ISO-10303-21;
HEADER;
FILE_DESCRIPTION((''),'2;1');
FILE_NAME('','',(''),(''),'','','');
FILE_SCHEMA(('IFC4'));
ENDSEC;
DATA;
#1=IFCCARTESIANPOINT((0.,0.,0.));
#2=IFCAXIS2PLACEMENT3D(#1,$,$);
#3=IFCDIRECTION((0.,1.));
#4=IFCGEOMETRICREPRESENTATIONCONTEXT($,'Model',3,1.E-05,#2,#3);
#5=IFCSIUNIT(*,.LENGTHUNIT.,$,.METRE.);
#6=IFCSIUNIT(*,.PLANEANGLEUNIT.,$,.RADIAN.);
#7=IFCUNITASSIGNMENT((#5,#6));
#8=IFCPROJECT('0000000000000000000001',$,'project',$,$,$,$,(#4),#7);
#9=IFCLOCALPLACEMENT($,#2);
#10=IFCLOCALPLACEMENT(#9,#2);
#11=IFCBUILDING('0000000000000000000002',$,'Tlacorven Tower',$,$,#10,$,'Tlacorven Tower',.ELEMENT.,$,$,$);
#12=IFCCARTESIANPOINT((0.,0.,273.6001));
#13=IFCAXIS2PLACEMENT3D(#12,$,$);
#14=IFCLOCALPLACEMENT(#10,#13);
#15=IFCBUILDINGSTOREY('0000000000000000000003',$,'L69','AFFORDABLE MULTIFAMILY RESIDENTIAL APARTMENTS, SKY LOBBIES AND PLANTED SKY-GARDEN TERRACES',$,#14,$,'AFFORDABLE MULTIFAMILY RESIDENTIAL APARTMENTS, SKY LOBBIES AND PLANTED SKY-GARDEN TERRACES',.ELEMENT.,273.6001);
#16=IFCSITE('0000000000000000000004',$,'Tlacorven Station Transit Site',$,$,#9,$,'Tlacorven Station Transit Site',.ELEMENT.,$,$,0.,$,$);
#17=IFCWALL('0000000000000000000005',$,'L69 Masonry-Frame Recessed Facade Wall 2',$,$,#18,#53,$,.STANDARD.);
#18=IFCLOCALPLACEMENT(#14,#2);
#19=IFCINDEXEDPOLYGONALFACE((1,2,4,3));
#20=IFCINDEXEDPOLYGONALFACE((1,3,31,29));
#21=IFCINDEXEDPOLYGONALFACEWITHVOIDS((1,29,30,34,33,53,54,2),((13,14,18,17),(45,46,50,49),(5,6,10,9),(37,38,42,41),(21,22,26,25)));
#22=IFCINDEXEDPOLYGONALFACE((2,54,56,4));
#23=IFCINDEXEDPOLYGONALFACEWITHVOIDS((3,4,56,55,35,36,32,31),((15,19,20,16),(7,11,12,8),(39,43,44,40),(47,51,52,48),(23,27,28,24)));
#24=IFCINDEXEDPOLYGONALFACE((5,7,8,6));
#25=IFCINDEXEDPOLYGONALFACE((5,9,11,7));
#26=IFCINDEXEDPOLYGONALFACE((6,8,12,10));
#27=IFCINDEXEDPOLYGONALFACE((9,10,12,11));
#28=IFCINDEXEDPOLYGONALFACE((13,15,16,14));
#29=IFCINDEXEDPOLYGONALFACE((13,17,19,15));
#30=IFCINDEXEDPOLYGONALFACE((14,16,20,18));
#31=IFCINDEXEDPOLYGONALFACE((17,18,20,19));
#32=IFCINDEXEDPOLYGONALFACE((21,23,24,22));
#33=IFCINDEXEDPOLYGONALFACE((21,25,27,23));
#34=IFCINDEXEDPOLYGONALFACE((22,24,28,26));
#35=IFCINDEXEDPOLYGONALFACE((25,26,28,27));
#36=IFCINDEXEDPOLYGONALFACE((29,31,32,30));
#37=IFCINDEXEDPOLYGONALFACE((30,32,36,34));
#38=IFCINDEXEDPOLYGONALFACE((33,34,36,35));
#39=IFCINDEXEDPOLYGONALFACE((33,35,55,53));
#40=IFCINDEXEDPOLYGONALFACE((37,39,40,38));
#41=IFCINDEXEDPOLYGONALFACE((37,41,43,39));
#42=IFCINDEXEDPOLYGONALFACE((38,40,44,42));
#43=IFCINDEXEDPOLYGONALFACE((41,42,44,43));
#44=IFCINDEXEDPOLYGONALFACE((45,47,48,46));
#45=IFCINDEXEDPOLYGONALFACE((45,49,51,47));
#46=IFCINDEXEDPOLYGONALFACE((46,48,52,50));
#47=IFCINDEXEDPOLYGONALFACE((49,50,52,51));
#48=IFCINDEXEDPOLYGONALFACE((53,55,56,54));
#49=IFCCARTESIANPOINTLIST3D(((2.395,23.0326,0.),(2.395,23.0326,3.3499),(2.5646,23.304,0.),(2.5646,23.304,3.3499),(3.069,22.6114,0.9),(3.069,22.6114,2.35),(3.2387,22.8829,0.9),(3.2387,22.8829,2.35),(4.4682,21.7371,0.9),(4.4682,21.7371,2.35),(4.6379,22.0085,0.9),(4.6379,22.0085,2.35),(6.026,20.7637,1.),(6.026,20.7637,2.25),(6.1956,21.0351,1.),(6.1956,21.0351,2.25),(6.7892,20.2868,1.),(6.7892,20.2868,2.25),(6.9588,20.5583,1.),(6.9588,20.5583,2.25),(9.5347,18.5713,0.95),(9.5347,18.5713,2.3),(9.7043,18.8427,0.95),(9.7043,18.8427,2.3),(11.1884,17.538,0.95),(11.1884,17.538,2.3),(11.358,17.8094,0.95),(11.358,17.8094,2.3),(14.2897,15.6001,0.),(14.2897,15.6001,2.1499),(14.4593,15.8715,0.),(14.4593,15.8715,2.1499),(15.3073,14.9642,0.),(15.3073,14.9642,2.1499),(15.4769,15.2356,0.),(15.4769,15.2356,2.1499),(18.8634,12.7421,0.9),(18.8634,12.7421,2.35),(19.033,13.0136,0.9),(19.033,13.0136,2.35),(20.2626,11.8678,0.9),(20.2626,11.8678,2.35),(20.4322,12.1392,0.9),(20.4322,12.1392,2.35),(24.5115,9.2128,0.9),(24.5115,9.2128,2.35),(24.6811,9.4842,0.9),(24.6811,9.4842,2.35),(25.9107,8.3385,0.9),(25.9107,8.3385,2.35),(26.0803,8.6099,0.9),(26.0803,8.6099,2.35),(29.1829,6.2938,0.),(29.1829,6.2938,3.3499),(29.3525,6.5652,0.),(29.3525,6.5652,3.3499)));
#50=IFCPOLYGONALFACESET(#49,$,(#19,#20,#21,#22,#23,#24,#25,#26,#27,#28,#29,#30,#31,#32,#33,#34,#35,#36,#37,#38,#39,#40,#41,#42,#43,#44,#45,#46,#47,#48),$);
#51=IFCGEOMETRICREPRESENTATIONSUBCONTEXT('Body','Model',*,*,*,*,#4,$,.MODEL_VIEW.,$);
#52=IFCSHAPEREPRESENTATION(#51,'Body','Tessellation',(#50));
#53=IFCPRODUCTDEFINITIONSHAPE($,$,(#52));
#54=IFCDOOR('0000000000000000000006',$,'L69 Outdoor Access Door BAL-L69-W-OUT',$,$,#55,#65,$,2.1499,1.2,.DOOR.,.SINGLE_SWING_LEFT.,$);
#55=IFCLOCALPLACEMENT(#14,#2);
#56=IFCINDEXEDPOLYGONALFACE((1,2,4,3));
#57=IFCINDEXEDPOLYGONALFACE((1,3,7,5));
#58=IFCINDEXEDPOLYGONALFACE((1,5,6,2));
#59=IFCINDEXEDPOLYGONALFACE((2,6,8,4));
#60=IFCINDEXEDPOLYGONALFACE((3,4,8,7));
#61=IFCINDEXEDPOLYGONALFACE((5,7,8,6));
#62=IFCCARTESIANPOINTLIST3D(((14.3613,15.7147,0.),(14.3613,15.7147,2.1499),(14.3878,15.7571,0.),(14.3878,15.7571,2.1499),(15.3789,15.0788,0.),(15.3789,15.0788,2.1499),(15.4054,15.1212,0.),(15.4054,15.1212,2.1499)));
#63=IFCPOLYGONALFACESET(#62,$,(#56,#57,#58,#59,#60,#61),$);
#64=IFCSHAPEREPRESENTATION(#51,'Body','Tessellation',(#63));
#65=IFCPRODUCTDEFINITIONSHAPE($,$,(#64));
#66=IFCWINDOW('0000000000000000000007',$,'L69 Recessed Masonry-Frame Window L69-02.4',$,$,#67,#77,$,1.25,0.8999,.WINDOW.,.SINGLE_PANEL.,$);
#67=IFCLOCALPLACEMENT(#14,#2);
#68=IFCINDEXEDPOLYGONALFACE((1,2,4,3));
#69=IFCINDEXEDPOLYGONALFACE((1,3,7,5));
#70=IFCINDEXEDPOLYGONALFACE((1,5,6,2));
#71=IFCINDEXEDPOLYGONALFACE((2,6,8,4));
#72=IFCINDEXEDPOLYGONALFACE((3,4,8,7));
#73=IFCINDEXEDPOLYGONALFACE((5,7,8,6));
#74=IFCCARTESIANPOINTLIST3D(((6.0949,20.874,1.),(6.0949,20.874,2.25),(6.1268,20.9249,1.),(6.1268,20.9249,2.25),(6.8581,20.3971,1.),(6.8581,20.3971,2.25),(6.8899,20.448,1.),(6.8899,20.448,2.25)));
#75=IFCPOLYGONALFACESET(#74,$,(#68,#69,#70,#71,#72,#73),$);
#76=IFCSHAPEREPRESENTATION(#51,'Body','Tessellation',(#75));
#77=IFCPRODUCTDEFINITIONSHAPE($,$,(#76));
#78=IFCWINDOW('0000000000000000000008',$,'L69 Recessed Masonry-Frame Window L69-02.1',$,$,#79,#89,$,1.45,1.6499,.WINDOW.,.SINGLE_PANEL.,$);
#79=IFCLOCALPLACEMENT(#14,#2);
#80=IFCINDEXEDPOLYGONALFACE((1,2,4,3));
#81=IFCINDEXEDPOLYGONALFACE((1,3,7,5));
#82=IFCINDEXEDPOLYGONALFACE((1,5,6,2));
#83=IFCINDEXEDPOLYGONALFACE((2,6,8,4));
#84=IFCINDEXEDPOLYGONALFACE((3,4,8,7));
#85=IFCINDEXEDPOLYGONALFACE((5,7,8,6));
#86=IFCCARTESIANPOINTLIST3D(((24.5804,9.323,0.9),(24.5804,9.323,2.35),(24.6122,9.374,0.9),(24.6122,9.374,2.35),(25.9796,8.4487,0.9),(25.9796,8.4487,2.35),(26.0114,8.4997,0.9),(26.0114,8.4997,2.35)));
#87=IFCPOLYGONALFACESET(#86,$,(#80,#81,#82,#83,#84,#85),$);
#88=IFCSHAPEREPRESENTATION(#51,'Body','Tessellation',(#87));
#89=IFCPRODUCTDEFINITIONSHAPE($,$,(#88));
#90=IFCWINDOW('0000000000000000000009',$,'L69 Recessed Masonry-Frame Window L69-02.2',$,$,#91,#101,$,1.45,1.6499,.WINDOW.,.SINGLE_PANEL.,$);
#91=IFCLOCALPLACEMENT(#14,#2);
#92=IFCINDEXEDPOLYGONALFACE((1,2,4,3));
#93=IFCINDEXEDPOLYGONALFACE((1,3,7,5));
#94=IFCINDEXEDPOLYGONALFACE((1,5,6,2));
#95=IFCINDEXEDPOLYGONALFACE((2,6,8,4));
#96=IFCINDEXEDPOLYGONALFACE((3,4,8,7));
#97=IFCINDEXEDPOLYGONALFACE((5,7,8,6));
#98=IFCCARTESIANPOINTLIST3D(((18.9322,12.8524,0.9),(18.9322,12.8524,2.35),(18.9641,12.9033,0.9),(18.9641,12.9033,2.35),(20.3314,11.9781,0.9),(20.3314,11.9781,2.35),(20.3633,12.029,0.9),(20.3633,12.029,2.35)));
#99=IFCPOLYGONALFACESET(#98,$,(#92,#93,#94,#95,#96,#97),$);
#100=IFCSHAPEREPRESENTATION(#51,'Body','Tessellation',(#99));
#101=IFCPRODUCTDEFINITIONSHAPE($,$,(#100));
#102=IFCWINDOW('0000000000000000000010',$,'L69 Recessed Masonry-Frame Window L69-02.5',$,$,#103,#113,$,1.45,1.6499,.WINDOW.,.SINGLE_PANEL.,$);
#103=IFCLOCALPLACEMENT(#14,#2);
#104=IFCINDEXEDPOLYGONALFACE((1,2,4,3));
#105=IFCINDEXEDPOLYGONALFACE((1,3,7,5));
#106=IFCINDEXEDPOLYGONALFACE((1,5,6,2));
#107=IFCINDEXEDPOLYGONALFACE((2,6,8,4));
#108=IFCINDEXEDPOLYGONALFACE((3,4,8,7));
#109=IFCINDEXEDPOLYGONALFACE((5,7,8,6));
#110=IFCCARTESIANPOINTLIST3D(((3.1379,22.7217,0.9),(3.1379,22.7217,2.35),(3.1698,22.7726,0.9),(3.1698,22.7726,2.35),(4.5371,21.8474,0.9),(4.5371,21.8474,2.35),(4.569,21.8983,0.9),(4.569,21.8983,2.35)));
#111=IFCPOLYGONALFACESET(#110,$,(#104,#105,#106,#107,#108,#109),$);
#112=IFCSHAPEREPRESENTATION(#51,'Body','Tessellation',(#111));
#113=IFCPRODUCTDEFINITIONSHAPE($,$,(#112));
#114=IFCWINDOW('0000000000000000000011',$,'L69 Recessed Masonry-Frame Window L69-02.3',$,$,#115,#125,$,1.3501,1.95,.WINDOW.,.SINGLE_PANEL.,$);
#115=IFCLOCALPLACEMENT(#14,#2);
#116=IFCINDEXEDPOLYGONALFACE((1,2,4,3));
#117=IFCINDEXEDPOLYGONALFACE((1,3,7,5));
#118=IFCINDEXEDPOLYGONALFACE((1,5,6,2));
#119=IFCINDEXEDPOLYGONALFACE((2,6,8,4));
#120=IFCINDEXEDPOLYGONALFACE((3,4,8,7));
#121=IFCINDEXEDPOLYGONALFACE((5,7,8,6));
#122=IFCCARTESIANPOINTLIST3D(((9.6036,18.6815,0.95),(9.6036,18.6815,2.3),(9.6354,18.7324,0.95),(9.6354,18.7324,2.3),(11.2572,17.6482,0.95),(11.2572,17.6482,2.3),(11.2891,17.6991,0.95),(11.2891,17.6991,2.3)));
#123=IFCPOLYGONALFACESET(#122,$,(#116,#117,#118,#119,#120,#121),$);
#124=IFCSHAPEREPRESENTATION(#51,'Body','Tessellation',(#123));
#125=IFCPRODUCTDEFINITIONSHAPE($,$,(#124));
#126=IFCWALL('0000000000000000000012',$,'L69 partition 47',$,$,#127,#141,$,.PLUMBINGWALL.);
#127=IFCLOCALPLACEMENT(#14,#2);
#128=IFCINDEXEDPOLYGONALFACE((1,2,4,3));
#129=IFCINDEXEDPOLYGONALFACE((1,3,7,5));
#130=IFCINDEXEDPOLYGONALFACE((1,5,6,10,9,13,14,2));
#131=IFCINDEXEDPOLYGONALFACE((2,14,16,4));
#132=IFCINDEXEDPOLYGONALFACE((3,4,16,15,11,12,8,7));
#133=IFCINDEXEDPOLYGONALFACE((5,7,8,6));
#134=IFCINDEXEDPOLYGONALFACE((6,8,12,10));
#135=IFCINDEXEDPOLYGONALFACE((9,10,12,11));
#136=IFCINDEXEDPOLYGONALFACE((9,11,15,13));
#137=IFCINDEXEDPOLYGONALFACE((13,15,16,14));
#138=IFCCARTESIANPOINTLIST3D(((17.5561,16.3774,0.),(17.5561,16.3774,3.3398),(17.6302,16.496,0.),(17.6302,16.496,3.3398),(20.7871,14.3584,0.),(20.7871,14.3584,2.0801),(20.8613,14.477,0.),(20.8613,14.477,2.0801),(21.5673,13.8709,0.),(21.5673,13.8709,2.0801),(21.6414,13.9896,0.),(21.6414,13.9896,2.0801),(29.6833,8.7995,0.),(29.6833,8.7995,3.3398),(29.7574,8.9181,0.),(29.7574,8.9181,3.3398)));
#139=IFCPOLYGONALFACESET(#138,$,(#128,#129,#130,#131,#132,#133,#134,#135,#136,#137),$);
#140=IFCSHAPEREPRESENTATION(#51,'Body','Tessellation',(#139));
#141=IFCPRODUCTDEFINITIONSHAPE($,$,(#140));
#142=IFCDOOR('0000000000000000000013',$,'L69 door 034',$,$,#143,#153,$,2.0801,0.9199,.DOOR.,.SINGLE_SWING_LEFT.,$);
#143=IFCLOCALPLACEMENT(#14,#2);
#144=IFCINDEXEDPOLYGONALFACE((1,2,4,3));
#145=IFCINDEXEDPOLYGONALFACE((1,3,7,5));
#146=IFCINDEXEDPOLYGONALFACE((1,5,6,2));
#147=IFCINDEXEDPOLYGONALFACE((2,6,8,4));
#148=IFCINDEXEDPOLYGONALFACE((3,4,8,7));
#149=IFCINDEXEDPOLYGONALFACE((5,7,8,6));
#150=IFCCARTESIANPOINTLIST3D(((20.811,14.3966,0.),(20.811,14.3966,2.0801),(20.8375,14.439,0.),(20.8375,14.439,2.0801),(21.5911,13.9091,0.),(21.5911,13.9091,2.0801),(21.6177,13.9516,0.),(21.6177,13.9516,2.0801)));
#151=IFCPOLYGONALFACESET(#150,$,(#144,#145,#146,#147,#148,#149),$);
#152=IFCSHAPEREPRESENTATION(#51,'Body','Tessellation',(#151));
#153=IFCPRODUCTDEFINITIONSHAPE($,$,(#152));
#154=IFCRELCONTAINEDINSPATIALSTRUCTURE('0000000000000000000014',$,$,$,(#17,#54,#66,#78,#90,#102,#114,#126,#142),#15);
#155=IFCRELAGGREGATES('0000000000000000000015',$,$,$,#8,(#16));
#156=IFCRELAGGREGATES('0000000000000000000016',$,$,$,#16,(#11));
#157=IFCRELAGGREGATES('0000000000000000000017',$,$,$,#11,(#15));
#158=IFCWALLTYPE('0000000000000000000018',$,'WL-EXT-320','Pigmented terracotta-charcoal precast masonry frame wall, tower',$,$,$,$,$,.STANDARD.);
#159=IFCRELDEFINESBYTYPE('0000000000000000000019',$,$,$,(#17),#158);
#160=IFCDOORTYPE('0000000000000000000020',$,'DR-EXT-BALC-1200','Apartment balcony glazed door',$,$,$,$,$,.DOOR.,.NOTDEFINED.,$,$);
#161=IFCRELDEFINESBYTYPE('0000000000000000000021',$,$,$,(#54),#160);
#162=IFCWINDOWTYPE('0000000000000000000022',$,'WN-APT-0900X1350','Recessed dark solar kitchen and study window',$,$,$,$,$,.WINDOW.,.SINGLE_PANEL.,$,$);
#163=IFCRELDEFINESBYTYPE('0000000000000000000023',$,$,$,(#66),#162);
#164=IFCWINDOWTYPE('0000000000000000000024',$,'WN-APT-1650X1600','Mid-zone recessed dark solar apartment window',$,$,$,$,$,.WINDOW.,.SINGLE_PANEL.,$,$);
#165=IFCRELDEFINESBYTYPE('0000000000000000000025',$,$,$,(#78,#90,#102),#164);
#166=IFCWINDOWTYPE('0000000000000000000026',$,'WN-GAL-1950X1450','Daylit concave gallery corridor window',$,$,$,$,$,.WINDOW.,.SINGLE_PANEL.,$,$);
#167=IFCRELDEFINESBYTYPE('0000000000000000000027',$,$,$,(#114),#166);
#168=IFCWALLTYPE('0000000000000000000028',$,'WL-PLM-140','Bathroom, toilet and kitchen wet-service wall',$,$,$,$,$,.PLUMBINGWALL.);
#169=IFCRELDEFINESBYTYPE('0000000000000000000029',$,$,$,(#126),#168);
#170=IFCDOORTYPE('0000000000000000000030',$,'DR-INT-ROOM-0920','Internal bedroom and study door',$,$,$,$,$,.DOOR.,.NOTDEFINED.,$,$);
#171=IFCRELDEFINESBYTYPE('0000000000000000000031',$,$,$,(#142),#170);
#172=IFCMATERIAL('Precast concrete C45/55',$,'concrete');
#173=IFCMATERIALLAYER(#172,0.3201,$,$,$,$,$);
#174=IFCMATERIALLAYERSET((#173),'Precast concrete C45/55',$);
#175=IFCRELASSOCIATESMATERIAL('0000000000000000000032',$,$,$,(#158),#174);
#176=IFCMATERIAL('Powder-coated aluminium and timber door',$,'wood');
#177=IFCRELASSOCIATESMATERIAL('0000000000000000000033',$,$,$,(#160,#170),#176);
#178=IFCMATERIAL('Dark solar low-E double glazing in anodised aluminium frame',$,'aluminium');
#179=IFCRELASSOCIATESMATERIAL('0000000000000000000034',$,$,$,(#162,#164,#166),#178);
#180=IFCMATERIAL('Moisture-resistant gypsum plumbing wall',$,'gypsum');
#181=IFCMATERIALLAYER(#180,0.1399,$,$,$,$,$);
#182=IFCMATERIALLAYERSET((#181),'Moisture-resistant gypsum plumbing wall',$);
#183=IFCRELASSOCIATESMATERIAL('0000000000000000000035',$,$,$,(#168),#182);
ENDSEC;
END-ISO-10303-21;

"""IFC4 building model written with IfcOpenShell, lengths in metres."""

from ifc_helpers import new_model, si_unit, direction, frame, frame_2d, origin, place, context, subcontext, project, spatial, rectangle, extrude, source, transform, mapped, material, layer, layer_set, type_object, element, fill, save


model = new_model("IFC4")

# Units and contexts
model_context = context("Model", 3, precision=1e-05, world=origin(), true_north=direction((0.0, 1.0)))
body_context = subcontext(model_context, "Body", "Model", "MODEL_VIEW")
ifc_project = project(units=[si_unit("LENGTHUNIT", "METRE"), si_unit("PLANEANGLEUNIT", "RADIAN")], contexts=[model_context])

# Site, building, storey
site_placement = place(None, origin())
site = spatial("IfcSite", under=ifc_project, at=site_placement, Name="Tlacorven Station Transit Site", LongName="Tlacorven Station Transit Site", CompositionType="ELEMENT", RefElevation=0.0)
building_placement = place(site_placement, origin())
building = spatial("IfcBuilding", under=site, at=building_placement, Name="Tlacorven Tower", LongName="Tlacorven Tower", CompositionType="ELEMENT")
storey_placement = place(building_placement, frame((0.0, 0.0, 273.6001)))
storey = spatial("IfcBuildingStorey", under=building, at=storey_placement, Name="L69", Description="AFFORDABLE MULTIFAMILY RESIDENTIAL APARTMENTS, SKY LOBBIES AND PLANTED SKY-GARDEN TERRACES", LongName="AFFORDABLE MULTIFAMILY RESIDENTIAL APARTMENTS, SKY LOBBIES AND PLANTED SKY-GARDEN TERRACES", CompositionType="ELEMENT", Elevation=273.6001)

# Wall, openings, door, windows
ifc_material_1 = material(Name="Precast concrete C45/55", Category="concrete")
ifc_layer_1 = layer(ifc_material_1, 0.3201)
ifc_layer_set_1 = layer_set([ifc_layer_1], Name="Precast concrete C45/55")
wall_type_1 = type_object("IfcWallType", Name="WL-EXT-320", Description="Pigmented terracotta-charcoal precast masonry frame wall, tower", PredefinedType="STANDARD", material=ifc_layer_set_1)
wall_1_placement = place(storey_placement, frame((29.2678, 6.4294, 0.0), z_axis=(0.0, 0.0, 1.0), x_axis=(-0.84805, 0.529916, 0.0)))
wall_1 = element("IfcWall", 1, at=wall_1_placement, inside=storey, type_object=wall_type_1, Name="L69 Masonry-Frame Recessed Facade Wall 2", PredefinedType="STANDARD", context=body_context, shape_type="SweptSolid", body=[
    extrude(rectangle(XDim=31.5876, YDim=0.3201, at=frame_2d((15.7939, 0.0))), origin(), (0.0, 0.0, 1.0), 3.3499),
])
opening_1_placement = place(wall_1_placement, frame((16.3618, 0.0, 0.0)))
opening_1 = element("IfcOpeningElement", 2, at=opening_1_placement, cuts=wall_1, PredefinedType="OPENING", context=body_context, shape_type="SweptSolid", body=[
    extrude(rectangle(XDim=1.2, YDim=2.1499, at=frame_2d((0.6001, 1.075))), frame((0.0, 0.1699, 0.0), z_axis=(0.0, -1.0, 0.0), x_axis=(1.0, 0.0, 0.0)), (0.0, 0.0, 1.0), 0.3401),
])
opening_2_placement = place(wall_1_placement, frame((3.8586, 0.0, 0.8999)))
opening_2 = element("IfcOpeningElement", 3, at=opening_2_placement, cuts=wall_1, PredefinedType="OPENING", context=body_context, shape_type="SweptSolid", body=[
    extrude(rectangle(XDim=1.6499, YDim=1.45, at=frame_2d((0.825, 0.7251))), frame((0.0, 0.1699, 0.0), z_axis=(0.0, -1.0, 0.0), x_axis=(1.0, 0.0, 0.0)), (0.0, 0.0, 1.0), 0.3401),
])
opening_3_placement = place(wall_1_placement, frame((10.5188, 0.0, 0.8999)))
opening_3 = element("IfcOpeningElement", 4, at=opening_3_placement, cuts=wall_1, PredefinedType="OPENING", context=body_context, shape_type="SweptSolid", body=[
    extrude(rectangle(XDim=1.6499, YDim=1.45, at=frame_2d((0.825, 0.7251))), frame((0.0, 0.1699, 0.0), z_axis=(0.0, -1.0, 0.0), x_axis=(1.0, 0.0, 0.0)), (0.0, 0.0, 1.0), 0.3401),
])
opening_4_placement = place(wall_1_placement, frame((21.2188, 0.0, 0.95)))
opening_4 = element("IfcOpeningElement", 5, at=opening_4_placement, cuts=wall_1, PredefinedType="OPENING", context=body_context, shape_type="SweptSolid", body=[
    extrude(rectangle(XDim=1.95, YDim=1.3501, at=frame_2d((0.9751, 0.675))), frame((0.0, 0.1699, 0.0), z_axis=(0.0, -1.0, 0.0), x_axis=(1.0, 0.0, 0.0)), (0.0, 0.0, 1.0), 0.3401),
])
opening_5_placement = place(wall_1_placement, frame((26.4062, 0.0, 1.0)))
opening_5 = element("IfcOpeningElement", 6, at=opening_5_placement, cuts=wall_1, PredefinedType="OPENING", context=body_context, shape_type="SweptSolid", body=[
    extrude(rectangle(XDim=0.8999, YDim=1.25, at=frame_2d((0.45, 0.625))), frame((0.0, 0.1699, 0.0), z_axis=(0.0, -1.0, 0.0), x_axis=(1.0, 0.0, 0.0)), (0.0, 0.0, 1.0), 0.3401),
])
opening_6_placement = place(wall_1_placement, frame((29.1431, 0.0, 0.8999)))
opening_6 = element("IfcOpeningElement", 7, at=opening_6_placement, cuts=wall_1, PredefinedType="OPENING", context=body_context, shape_type="SweptSolid", body=[
    extrude(rectangle(XDim=1.6499, YDim=1.45, at=frame_2d((0.825, 0.7251))), frame((0.0, 0.1699, 0.0), z_axis=(0.0, -1.0, 0.0), x_axis=(1.0, 0.0, 0.0)), (0.0, 0.0, 1.0), 0.3401),
])
ifc_material_2 = material(Name="Powder-coated aluminium and timber door", Category="wood")
door_type_1 = type_object("IfcDoorType", Name="DR-EXT-BALC-1200", Description="Apartment balcony glazed door", OperationType="NOTDEFINED", PredefinedType="DOOR", material=ifc_material_2)
shared_shape_1 = source(origin(), body_context, "Body", "SweptSolid", [
    extrude(rectangle(XDim=1.2, YDim=2.1499, at=frame_2d((0.6001, 1.075))), frame((0.0, 0.0249, 0.0), z_axis=(0.0, -1.0, 0.0), x_axis=(1.0, 0.0, 0.0)), (0.0, 0.0, 1.0), 0.05),
])
door_1_placement = place(opening_1_placement, origin())
door_1 = element("IfcDoor", 8, at=door_1_placement, inside=storey, type_object=door_type_1, Name="L69 Outdoor Access Door BAL-L69-W-OUT", OperationType="SINGLE_SWING_LEFT", OverallHeight=2.1499, OverallWidth=1.2, PredefinedType="DOOR", context=body_context, shape_type="MappedRepresentation", body=[
    mapped(shared_shape_1, transform((0.0, 0.0, 0.0), scale=1.0)),
])
fill(opening_1, door_1)
ifc_material_3 = material(Name="Dark solar low-E double glazing in anodised aluminium frame", Category="aluminium")
window_type_1 = type_object("IfcWindowType", Name="WN-APT-0900X1350", Description="Recessed dark solar kitchen and study window", PartitioningType="SINGLE_PANEL", PredefinedType="WINDOW", material=ifc_material_3)
shared_shape_2 = source(origin(), body_context, "Body", "SweptSolid", [
    extrude(rectangle(XDim=0.8999, YDim=1.25, at=frame_2d((0.45, 0.625))), frame((0.0, 0.03, 0.0), z_axis=(0.0, -1.0, 0.0), x_axis=(1.0, 0.0, 0.0)), (0.0, 0.0, 1.0), 0.0601),
])
window_1_placement = place(opening_5_placement, origin())
window_1 = element("IfcWindow", 9, at=window_1_placement, inside=storey, type_object=window_type_1, Name="L69 Recessed Masonry-Frame Window L69-02.4", OverallHeight=1.25, OverallWidth=0.8999, PartitioningType="SINGLE_PANEL", PredefinedType="WINDOW", context=body_context, shape_type="MappedRepresentation", body=[
    mapped(shared_shape_2, transform((0.0, 0.0, 0.0), scale=1.0)),
])
fill(opening_5, window_1)
window_type_2 = type_object("IfcWindowType", Name="WN-APT-1650X1600", Description="Mid-zone recessed dark solar apartment window", PartitioningType="SINGLE_PANEL", PredefinedType="WINDOW", material=ifc_material_3)
shared_shape_3 = source(origin(), body_context, "Body", "SweptSolid", [
    extrude(rectangle(XDim=1.6499, YDim=1.45, at=frame_2d((0.825, 0.7251))), frame((0.0, 0.03, 0.0), z_axis=(0.0, -1.0, 0.0), x_axis=(1.0, 0.0, 0.0)), (0.0, 0.0, 1.0), 0.0601),
])
window_2_placement = place(opening_2_placement, origin())
window_2 = element("IfcWindow", 10, at=window_2_placement, inside=storey, type_object=window_type_2, Name="L69 Recessed Masonry-Frame Window L69-02.1", OverallHeight=1.45, OverallWidth=1.6499, PartitioningType="SINGLE_PANEL", PredefinedType="WINDOW", context=body_context, shape_type="MappedRepresentation", body=[
    mapped(shared_shape_3, transform((0.0, 0.0, 0.0), scale=1.0)),
])
fill(opening_2, window_2)
window_3_placement = place(opening_3_placement, origin())
window_3 = element("IfcWindow", 11, at=window_3_placement, inside=storey, type_object=window_type_2, Name="L69 Recessed Masonry-Frame Window L69-02.2", OverallHeight=1.45, OverallWidth=1.6499, PartitioningType="SINGLE_PANEL", PredefinedType="WINDOW", context=body_context, shape_type="MappedRepresentation", body=[
    mapped(shared_shape_3, transform((0.0, 0.0, 0.0), scale=1.0)),
])
fill(opening_3, window_3)
window_4_placement = place(opening_6_placement, origin())
window_4 = element("IfcWindow", 12, at=window_4_placement, inside=storey, type_object=window_type_2, Name="L69 Recessed Masonry-Frame Window L69-02.5", OverallHeight=1.45, OverallWidth=1.6499, PartitioningType="SINGLE_PANEL", PredefinedType="WINDOW", context=body_context, shape_type="MappedRepresentation", body=[
    mapped(shared_shape_3, transform((0.0, 0.0, 0.0), scale=1.0)),
])
fill(opening_6, window_4)
window_type_3 = type_object("IfcWindowType", Name="WN-GAL-1950X1450", Description="Daylit concave gallery corridor window", PartitioningType="SINGLE_PANEL", PredefinedType="WINDOW", material=ifc_material_3)
shared_shape_4 = source(origin(), body_context, "Body", "SweptSolid", [
    extrude(rectangle(XDim=1.95, YDim=1.3501, at=frame_2d((0.9751, 0.675))), frame((0.0, 0.03, 0.0), z_axis=(0.0, -1.0, 0.0), x_axis=(1.0, 0.0, 0.0)), (0.0, 0.0, 1.0), 0.0601),
])
window_5_placement = place(opening_4_placement, origin())
window_5 = element("IfcWindow", 13, at=window_5_placement, inside=storey, type_object=window_type_3, Name="L69 Recessed Masonry-Frame Window L69-02.3", OverallHeight=1.3501, OverallWidth=1.95, PartitioningType="SINGLE_PANEL", PredefinedType="WINDOW", context=body_context, shape_type="MappedRepresentation", body=[
    mapped(shared_shape_4, transform((0.0, 0.0, 0.0), scale=1.0)),
])
fill(opening_4, window_5)

# Wall, opening, door
ifc_material_4 = material(Name="Moisture-resistant gypsum plumbing wall", Category="gypsum")
ifc_layer_2 = layer(ifc_material_4, 0.1399)
ifc_layer_set_2 = layer_set([ifc_layer_2], Name="Moisture-resistant gypsum plumbing wall")
wall_type_2 = type_object("IfcWallType", Name="WL-PLM-140", Description="Bathroom, toilet and kitchen wet-service wall", PredefinedType="PLUMBINGWALL", material=ifc_layer_set_2)
wall_2_placement = place(storey_placement, frame((29.7202, 8.8589, 0.0), z_axis=(0.0, 0.0, 1.0), x_axis=(-0.848049, 0.529918, 0.0)))
wall_2 = element("IfcWall", 14, at=wall_2_placement, inside=storey, type_object=wall_type_2, Name="L69 partition 47", PredefinedType="PLUMBINGWALL", context=body_context, shape_type="SweptSolid", body=[
    extrude(rectangle(XDim=14.3, YDim=0.1399, at=frame_2d((7.1499, 0.0))), origin(), (0.0, 0.0, 1.0), 3.3398),
])
opening_7_placement = place(wall_2_placement, frame((9.5701, 0.0, 0.0)))
opening_7 = element("IfcOpeningElement", 15, at=opening_7_placement, cuts=wall_2, PredefinedType="OPENING", context=body_context, shape_type="SweptSolid", body=[
    extrude(rectangle(XDim=0.9199, YDim=2.0801, at=frame_2d((0.46, 1.04))), frame((0.0, 0.0801, 0.0), z_axis=(0.0, -1.0, 0.0), x_axis=(1.0, 0.0, 0.0)), (0.0, 0.0, 1.0), 0.1599),
])
door_type_2 = type_object("IfcDoorType", Name="DR-INT-ROOM-0920", Description="Internal bedroom and study door", OperationType="NOTDEFINED", PredefinedType="DOOR", material=ifc_material_2)
shared_shape_5 = source(origin(), body_context, "Body", "SweptSolid", [
    extrude(rectangle(XDim=0.9199, YDim=2.0801, at=frame_2d((0.46, 1.04))), frame((0.0, 0.0249, 0.0), z_axis=(0.0, -1.0, 0.0), x_axis=(1.0, 0.0, 0.0)), (0.0, 0.0, 1.0), 0.05),
])
door_2_placement = place(opening_7_placement, origin())
door_2 = element("IfcDoor", 16, at=door_2_placement, inside=storey, type_object=door_type_2, Name="L69 door 034", OperationType="SINGLE_SWING_LEFT", OverallHeight=2.0801, OverallWidth=0.9199, PredefinedType="DOOR", context=body_context, shape_type="MappedRepresentation", body=[
    mapped(shared_shape_5, transform((0.0, 0.0, 0.0), scale=1.0)),
])
fill(opening_7, door_2)

save(model, "model.ifc")
